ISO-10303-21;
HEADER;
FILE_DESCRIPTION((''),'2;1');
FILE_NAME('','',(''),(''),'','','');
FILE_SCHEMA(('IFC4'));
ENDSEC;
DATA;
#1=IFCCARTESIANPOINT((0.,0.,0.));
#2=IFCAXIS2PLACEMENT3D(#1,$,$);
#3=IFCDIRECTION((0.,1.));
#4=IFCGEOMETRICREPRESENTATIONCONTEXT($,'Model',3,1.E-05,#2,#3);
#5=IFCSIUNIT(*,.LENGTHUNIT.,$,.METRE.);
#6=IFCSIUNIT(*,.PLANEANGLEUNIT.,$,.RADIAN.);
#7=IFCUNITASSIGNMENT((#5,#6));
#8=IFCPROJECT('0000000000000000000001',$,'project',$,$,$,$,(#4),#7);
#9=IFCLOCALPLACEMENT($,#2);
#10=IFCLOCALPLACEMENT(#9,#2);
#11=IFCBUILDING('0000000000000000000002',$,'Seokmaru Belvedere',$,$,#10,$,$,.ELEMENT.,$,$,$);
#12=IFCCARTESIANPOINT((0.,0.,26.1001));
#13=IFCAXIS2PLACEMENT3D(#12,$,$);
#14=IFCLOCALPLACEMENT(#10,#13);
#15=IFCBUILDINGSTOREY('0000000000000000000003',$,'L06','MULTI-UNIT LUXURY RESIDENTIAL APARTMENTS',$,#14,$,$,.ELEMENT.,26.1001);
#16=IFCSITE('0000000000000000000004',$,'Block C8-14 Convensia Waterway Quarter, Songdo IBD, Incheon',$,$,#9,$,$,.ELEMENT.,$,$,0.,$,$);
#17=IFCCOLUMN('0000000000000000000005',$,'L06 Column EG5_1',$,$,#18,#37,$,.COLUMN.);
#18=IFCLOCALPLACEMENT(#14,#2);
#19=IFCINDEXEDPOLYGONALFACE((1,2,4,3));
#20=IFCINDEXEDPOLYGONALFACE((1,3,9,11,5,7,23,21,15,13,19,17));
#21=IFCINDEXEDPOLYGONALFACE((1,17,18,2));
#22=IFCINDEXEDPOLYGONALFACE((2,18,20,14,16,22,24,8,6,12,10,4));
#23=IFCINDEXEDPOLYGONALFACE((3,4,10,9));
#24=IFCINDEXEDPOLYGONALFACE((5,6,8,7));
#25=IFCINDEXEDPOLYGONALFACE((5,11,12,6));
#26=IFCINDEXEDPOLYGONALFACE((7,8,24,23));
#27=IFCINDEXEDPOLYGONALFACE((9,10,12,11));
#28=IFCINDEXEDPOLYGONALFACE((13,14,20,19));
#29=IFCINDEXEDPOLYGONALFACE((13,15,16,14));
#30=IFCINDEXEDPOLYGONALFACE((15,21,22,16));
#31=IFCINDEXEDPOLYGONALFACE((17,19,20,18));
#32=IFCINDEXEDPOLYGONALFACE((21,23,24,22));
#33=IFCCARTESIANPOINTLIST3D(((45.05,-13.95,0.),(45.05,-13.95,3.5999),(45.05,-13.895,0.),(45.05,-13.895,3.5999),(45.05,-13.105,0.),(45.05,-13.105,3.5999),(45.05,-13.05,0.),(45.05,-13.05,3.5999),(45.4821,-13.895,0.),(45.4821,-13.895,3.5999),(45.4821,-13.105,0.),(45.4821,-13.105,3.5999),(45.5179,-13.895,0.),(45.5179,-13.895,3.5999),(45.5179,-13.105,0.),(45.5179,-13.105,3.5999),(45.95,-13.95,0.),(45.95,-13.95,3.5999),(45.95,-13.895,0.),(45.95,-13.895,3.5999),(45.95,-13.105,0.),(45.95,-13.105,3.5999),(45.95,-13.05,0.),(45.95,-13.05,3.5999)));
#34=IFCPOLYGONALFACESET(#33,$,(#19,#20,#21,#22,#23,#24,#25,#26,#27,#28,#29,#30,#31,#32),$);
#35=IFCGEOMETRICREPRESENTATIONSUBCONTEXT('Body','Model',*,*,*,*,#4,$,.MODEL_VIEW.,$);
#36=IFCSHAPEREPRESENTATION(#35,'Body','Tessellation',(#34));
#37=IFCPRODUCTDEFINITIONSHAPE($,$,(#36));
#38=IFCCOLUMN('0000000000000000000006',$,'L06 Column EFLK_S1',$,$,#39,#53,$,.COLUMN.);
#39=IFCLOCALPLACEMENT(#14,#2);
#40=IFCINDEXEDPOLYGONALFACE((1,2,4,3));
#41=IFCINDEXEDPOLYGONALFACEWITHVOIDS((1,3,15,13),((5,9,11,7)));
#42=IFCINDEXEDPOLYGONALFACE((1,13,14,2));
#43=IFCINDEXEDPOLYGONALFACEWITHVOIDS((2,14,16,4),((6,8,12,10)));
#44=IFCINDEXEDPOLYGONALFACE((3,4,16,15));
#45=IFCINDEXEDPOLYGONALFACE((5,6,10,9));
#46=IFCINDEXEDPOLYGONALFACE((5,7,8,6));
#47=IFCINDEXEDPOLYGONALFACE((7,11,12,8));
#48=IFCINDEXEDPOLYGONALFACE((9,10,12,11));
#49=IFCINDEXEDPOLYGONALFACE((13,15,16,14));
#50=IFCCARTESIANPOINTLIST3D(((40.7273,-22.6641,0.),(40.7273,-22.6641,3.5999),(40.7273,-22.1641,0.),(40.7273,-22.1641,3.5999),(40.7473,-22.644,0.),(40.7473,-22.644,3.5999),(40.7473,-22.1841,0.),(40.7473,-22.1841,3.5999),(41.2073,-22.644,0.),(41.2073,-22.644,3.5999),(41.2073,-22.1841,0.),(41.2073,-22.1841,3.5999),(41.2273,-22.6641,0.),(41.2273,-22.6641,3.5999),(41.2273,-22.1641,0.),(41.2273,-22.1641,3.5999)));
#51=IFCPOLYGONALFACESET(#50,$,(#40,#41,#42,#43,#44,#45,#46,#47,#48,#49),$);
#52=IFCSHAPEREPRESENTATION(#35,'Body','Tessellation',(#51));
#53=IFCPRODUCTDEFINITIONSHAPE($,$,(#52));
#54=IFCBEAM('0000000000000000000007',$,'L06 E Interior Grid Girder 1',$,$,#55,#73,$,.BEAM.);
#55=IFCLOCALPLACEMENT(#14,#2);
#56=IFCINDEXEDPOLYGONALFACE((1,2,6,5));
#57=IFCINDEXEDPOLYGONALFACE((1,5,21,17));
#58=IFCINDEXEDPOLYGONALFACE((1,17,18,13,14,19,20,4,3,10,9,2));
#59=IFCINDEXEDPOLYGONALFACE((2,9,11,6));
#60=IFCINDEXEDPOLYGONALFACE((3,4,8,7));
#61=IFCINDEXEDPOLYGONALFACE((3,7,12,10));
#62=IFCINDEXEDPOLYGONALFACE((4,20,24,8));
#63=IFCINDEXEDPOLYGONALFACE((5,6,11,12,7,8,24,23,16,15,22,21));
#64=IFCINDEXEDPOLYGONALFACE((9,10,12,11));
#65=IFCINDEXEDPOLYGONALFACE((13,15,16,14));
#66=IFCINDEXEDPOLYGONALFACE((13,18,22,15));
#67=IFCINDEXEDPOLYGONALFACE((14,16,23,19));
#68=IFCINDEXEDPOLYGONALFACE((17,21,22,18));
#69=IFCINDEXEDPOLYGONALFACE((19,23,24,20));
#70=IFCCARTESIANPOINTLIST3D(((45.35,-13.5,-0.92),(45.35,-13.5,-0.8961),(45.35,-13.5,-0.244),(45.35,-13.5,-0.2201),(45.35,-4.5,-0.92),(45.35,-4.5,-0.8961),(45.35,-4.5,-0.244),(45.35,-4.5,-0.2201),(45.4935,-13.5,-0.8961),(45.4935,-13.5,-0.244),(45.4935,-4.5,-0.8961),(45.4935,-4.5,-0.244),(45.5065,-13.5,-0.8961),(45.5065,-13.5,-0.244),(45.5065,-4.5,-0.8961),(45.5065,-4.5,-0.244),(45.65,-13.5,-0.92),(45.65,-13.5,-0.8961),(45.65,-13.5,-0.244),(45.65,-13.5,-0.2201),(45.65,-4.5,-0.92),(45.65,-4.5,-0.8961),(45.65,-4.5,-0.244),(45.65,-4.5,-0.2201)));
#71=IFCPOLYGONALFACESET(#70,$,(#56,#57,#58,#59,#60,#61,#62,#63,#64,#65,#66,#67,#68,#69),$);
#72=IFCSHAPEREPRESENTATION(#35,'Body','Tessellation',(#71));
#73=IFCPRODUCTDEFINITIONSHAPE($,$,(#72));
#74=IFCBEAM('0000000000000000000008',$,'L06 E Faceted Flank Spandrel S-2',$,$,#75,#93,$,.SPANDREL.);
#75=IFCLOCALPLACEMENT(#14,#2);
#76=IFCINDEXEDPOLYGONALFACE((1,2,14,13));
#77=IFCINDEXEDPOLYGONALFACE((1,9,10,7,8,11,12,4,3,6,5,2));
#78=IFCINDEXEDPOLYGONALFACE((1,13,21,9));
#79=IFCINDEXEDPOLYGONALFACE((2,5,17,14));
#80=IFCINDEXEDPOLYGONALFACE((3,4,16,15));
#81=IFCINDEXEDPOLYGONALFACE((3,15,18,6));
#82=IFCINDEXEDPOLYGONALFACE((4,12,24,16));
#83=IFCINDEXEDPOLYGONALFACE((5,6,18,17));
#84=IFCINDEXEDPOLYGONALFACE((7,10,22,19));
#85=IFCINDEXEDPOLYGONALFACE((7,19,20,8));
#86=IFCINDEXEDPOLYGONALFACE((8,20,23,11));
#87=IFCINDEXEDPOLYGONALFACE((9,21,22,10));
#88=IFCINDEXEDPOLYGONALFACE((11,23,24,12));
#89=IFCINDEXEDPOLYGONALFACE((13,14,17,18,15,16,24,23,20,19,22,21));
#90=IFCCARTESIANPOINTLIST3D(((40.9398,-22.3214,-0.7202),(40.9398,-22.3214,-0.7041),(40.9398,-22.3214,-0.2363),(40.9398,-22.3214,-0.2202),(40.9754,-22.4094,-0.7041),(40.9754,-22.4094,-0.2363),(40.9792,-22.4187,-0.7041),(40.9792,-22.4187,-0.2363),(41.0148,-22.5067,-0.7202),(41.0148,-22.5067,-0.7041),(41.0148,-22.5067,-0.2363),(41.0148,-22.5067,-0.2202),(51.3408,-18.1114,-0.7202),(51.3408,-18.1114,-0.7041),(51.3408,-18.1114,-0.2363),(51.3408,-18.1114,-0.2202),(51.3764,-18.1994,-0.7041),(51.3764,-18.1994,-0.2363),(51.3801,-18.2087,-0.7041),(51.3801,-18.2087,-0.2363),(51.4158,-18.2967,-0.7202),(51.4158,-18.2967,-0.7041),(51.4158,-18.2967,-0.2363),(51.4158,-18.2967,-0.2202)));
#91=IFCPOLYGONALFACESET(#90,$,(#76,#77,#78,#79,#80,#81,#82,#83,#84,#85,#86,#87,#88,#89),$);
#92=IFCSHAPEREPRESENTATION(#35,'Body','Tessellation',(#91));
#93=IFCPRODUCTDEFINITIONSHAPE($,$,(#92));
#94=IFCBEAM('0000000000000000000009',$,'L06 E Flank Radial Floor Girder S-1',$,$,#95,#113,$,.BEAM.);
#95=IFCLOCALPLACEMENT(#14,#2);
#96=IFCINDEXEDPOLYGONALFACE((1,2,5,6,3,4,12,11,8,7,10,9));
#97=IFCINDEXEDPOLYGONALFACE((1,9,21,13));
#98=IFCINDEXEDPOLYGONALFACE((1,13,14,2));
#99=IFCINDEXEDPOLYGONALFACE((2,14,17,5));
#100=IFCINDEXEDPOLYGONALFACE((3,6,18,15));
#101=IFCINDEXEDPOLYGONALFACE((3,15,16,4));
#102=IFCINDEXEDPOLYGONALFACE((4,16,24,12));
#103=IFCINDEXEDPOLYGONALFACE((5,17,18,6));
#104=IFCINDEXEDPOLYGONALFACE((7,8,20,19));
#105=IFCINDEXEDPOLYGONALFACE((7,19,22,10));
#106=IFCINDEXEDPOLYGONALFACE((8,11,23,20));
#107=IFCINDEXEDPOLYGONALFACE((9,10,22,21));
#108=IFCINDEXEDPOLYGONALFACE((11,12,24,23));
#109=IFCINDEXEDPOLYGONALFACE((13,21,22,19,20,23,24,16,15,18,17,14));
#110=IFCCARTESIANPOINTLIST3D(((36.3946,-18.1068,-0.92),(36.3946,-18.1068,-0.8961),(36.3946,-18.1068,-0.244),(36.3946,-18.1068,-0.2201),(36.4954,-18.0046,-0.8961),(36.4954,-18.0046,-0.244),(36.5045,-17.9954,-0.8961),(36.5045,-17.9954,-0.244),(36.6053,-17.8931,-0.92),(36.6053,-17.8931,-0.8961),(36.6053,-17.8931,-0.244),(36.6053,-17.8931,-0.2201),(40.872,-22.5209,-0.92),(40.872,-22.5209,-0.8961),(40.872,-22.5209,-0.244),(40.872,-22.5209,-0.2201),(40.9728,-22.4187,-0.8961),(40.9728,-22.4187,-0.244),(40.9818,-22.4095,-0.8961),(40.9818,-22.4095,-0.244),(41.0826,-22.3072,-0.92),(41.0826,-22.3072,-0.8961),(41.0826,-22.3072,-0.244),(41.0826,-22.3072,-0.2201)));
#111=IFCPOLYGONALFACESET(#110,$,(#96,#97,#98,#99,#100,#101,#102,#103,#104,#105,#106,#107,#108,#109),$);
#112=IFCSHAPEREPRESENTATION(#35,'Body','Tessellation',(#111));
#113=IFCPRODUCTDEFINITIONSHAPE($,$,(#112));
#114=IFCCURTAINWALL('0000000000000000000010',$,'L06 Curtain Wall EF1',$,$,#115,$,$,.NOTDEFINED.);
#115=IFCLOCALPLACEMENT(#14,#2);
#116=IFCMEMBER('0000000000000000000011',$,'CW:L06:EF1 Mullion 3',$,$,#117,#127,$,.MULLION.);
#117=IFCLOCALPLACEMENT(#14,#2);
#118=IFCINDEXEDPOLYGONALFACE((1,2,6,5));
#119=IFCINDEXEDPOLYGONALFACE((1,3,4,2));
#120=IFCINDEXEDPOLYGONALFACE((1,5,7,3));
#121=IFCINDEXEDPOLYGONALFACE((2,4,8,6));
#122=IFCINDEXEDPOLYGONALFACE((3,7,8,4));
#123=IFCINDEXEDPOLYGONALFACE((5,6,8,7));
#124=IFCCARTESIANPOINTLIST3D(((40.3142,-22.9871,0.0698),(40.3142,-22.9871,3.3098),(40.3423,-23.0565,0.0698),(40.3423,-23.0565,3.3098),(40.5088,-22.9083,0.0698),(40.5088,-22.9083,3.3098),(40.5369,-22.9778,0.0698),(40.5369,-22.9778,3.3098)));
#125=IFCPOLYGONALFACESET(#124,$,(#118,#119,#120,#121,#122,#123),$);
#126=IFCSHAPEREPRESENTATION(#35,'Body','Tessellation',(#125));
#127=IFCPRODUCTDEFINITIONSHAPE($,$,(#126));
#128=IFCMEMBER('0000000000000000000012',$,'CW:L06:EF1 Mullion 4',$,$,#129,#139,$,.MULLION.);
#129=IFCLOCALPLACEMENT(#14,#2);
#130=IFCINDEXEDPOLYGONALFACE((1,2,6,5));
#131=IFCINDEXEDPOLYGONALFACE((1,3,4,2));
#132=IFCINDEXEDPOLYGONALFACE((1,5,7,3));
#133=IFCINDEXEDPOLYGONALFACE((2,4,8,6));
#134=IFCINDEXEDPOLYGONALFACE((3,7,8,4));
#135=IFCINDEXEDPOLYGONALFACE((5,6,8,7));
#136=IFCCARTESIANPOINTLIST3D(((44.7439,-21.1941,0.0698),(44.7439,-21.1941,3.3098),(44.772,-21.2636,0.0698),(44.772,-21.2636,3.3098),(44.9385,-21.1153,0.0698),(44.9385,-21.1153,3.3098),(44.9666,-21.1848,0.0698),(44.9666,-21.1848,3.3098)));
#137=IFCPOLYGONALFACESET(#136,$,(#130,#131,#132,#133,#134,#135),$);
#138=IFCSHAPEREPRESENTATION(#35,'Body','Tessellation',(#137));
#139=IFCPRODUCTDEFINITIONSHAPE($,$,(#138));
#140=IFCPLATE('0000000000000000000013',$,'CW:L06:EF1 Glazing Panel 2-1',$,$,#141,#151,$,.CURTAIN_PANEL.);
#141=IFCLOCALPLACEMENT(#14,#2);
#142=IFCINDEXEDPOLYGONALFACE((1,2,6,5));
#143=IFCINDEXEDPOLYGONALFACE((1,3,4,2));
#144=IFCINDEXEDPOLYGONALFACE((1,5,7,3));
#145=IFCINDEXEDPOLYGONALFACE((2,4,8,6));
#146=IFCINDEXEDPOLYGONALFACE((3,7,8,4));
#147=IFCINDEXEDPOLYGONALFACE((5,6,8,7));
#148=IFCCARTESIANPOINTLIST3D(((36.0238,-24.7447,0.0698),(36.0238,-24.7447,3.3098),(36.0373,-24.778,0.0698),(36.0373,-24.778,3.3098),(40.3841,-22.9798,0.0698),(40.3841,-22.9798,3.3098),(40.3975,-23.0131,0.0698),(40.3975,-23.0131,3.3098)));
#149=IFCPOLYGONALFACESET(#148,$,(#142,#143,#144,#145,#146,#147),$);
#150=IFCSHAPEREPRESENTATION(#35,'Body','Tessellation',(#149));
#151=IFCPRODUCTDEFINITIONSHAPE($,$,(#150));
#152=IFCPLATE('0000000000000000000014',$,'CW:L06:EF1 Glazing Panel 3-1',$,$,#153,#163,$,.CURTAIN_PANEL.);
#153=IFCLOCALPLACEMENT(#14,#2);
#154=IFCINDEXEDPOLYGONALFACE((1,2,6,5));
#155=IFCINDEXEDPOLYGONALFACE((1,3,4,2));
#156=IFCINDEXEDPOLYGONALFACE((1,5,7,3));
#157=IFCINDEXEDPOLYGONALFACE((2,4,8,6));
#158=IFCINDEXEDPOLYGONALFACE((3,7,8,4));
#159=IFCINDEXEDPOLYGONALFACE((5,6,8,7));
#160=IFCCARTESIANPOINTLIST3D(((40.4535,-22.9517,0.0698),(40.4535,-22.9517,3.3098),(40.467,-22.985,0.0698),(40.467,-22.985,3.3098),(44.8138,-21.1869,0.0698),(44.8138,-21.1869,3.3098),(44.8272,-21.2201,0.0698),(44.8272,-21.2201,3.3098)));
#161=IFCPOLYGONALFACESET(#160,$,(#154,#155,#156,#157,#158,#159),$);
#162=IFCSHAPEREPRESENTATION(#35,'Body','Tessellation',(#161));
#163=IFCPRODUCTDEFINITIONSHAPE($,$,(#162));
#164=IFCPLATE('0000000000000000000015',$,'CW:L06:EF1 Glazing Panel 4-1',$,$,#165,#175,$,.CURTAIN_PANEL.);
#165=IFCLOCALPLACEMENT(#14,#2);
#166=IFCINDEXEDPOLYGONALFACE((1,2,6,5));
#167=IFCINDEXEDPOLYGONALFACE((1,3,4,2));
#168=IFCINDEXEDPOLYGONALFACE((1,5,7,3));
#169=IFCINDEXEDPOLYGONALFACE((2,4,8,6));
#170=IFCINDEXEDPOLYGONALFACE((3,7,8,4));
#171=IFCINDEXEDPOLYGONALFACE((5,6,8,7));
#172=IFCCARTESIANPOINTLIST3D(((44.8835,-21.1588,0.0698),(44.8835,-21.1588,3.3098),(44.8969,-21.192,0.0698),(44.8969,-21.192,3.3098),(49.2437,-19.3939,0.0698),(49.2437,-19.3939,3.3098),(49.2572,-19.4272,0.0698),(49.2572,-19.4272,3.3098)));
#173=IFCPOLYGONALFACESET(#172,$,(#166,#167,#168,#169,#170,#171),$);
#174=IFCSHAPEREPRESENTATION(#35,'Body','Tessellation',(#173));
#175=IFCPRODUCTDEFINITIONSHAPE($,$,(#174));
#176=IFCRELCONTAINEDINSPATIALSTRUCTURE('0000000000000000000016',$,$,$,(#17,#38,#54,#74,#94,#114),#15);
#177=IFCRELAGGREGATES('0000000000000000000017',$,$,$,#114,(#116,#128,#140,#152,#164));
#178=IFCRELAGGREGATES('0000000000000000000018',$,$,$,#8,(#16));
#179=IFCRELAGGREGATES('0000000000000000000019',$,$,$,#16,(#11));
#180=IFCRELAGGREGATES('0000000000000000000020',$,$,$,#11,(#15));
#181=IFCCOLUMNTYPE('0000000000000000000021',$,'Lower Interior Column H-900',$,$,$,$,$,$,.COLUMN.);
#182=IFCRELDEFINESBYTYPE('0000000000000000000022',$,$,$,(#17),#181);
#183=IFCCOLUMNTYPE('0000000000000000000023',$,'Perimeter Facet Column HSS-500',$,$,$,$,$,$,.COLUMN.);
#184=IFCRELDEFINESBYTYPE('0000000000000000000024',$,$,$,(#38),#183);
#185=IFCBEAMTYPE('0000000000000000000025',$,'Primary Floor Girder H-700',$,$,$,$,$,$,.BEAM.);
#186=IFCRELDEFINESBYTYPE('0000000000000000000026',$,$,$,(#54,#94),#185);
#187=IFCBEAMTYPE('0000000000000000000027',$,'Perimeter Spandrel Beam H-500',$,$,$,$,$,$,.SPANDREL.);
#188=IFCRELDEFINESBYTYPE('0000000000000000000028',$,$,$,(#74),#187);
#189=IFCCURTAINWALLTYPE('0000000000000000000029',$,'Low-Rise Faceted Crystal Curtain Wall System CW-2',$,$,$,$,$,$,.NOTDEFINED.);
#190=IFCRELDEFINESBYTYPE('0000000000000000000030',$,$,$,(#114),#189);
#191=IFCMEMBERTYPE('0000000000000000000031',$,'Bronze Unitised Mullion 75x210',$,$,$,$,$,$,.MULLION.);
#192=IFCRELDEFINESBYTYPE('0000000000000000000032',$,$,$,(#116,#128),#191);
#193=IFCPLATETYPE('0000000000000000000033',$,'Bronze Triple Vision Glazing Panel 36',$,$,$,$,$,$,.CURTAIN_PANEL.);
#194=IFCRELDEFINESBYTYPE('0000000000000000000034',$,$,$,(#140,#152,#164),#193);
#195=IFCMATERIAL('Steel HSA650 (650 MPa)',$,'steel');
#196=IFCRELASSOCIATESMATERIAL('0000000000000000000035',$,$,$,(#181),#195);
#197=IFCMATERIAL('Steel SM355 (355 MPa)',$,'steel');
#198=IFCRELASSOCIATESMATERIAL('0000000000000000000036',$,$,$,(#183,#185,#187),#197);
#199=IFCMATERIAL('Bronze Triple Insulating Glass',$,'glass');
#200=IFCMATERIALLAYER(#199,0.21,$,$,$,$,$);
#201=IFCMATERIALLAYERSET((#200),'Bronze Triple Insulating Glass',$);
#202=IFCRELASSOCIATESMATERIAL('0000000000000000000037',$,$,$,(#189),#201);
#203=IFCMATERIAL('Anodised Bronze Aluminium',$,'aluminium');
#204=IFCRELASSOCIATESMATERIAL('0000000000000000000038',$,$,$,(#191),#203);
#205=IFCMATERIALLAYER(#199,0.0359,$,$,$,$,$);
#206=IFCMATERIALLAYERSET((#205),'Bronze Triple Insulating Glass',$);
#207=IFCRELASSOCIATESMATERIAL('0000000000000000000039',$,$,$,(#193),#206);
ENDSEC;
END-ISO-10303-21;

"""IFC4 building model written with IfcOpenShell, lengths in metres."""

from ifc_helpers import new_model, si_unit, direction, frame, origin, origin_2d, place, context, subcontext, project, spatial, rectangle, hollow_rectangle, i_section, extrude, source, transform, mapped, material, layer, layer_set, material_profile, profile_set, type_object, type_shapes, element, aggregate, save


model = new_model("IFC4")

# Units and contexts
model_context = context("Model", 3, precision=1e-05, world=origin(), true_north=direction((0.0, 1.0)))
body_context = subcontext(model_context, "Body", "Model", "MODEL_VIEW")
ifc_project = project(units=[si_unit("LENGTHUNIT", "METRE"), si_unit("PLANEANGLEUNIT", "RADIAN")], contexts=[model_context])

# Site, building, storey
site_placement = place(None, origin())
site = spatial("IfcSite", under=ifc_project, at=site_placement, Name="Block C8-14 Convensia Waterway Quarter, Songdo IBD, Incheon", CompositionType="ELEMENT", RefElevation=0.0)
building_placement = place(site_placement, origin())
building = spatial("IfcBuilding", under=site, at=building_placement, Name="Seokmaru Belvedere", CompositionType="ELEMENT")
storey_placement = place(building_placement, frame((0.0, 0.0, 26.1001)))
storey = spatial("IfcBuildingStorey", under=building, at=storey_placement, Name="L06", Description="MULTI-UNIT LUXURY RESIDENTIAL APARTMENTS", CompositionType="ELEMENT", Elevation=26.1001)

# Columns
ifc_material_1 = material(Name="Steel HSA650 (650 MPa)", Category="steel")
ifc_material_profile_1 = material_profile(ifc_material_1, i_section(OverallWidth=0.8999, OverallDepth=0.8999, WebThickness=0.0359, FlangeThickness=0.0549, at=origin_2d()), Name="H-900x900x36x55")
ifc_profile_set_1 = profile_set([ifc_material_profile_1], Name="Steel HSA650 (650 MPa)")
column_type_1 = type_object("IfcColumnType", Name="Lower Interior Column H-900", PredefinedType="COLUMN", material=ifc_profile_set_1)
shared_shape_1 = source(origin(), body_context, "Body", "SweptSolid", [
    extrude(i_section(OverallWidth=0.8999, OverallDepth=0.8999, WebThickness=0.0359, FlangeThickness=0.0549, at=origin_2d()), origin(), (0.0, 0.0, 1.0), 3.5999),
])
type_shapes(column_type_1, [shared_shape_1])
column_1_placement = place(storey_placement, frame((45.5, -13.5, 0.0), z_axis=(0.0, 0.0, 1.0), x_axis=(1.0, 0.0, 0.0)))
element("IfcColumn", 1, at=column_1_placement, inside=storey, type_object=column_type_1, Name="L06 Column EG5_1", PredefinedType="COLUMN", context=body_context, shape_type="MappedRepresentation", body=[
    mapped(shared_shape_1, transform((0.0, 0.0, 0.0), scale=1.0)),
])
ifc_material_2 = material(Name="Steel SM355 (355 MPa)", Category="steel")
ifc_material_profile_2 = material_profile(ifc_material_2, hollow_rectangle(XDim=0.5, YDim=0.5, WallThickness=0.02, at=origin_2d()), Name="HSS-500x500x20")
ifc_profile_set_2 = profile_set([ifc_material_profile_2], Name="Steel SM355 (355 MPa)")
column_type_2 = type_object("IfcColumnType", Name="Perimeter Facet Column HSS-500", PredefinedType="COLUMN", material=ifc_profile_set_2)
shared_shape_2 = source(origin(), body_context, "Body", "SweptSolid", [
    extrude(hollow_rectangle(XDim=0.5, YDim=0.5, WallThickness=0.02, at=origin_2d()), origin(), (0.0, 0.0, 1.0), 3.5999),
])
type_shapes(column_type_2, [shared_shape_2])
column_2_placement = place(storey_placement, frame((40.9773, -22.4141, 0.0), z_axis=(0.0, 0.0, 1.0), x_axis=(1.0, 0.0, 0.0)))
element("IfcColumn", 2, at=column_2_placement, inside=storey, type_object=column_type_2, Name="L06 Column EFLK_S1", PredefinedType="COLUMN", context=body_context, shape_type="MappedRepresentation", body=[
    mapped(shared_shape_2, transform((0.0, 0.0, 0.0), scale=1.0)),
])

# Beams
ifc_material_profile_3 = material_profile(ifc_material_2, i_section(OverallWidth=0.3, OverallDepth=0.7, WebThickness=0.0129, FlangeThickness=0.0239, at=origin_2d()), Name="H-700x300x13x24")
ifc_profile_set_3 = profile_set([ifc_material_profile_3], Name="Steel SM355 (355 MPa)")
beam_type_1 = type_object("IfcBeamType", Name="Primary Floor Girder H-700", PredefinedType="BEAM", material=ifc_profile_set_3)
shared_shape_3 = source(origin(), body_context, "Body", "SweptSolid", [
    extrude(i_section(OverallWidth=0.3, OverallDepth=0.7, WebThickness=0.0129, FlangeThickness=0.0239, at=origin_2d()), origin(), (0.0, 0.0, 1.0), 9.0),
])
beam_1_placement = place(storey_placement, frame((45.5, -13.5, -0.5701), z_axis=(0.0, 1.0, 0.0), x_axis=(-1.0, 0.0, 0.0)))
element("IfcBeam", 3, at=beam_1_placement, inside=storey, type_object=beam_type_1, Name="L06 E Interior Grid Girder 1", PredefinedType="BEAM", context=body_context, shape_type="MappedRepresentation", body=[
    mapped(shared_shape_3, transform((0.0, 0.0, 0.0), scale=1.0)),
])
ifc_material_profile_4 = material_profile(ifc_material_2, i_section(OverallWidth=0.2, OverallDepth=0.5, WebThickness=0.01, FlangeThickness=0.0161, at=origin_2d()), Name="H-500x200x10x16")
ifc_profile_set_4 = profile_set([ifc_material_profile_4], Name="Steel SM355 (355 MPa)")
beam_type_2 = type_object("IfcBeamType", Name="Perimeter Spandrel Beam H-500", PredefinedType="SPANDREL", material=ifc_profile_set_4)
shared_shape_4 = source(origin(), body_context, "Body", "SweptSolid", [
    extrude(i_section(OverallWidth=0.2, OverallDepth=0.5, WebThickness=0.01, FlangeThickness=0.0161, at=origin_2d()), origin(), (0.0, 0.0, 1.0), 11.2207),
])
type_shapes(beam_type_2, [shared_shape_4])
beam_2_placement = place(storey_placement, frame((40.9773, -22.4141, -0.4702), z_axis=(0.926944, 0.375199, 0.0), x_axis=(-0.375199, 0.926944, 0.0)))
element("IfcBeam", 4, at=beam_2_placement, inside=storey, type_object=beam_type_2, Name="L06 E Faceted Flank Spandrel S-2", PredefinedType="SPANDREL", context=body_context, shape_type="MappedRepresentation", body=[
    mapped(shared_shape_4, transform((0.0, 0.0, 0.0), scale=1.0)),
])
shared_shape_5 = source(origin(), body_context, "Body", "SweptSolid", [
    extrude(i_section(OverallWidth=0.3, OverallDepth=0.7, WebThickness=0.0129, FlangeThickness=0.0239, at=origin_2d()), origin(), (0.0, 0.0, 1.0), 6.2874),
])
type_shapes(beam_type_1, [shared_shape_3, shared_shape_5])
beam_3_placement = place(storey_placement, frame((40.9773, -22.4141, -0.5701), z_axis=(-0.712117, 0.70206, 0.0), x_axis=(-0.70206, -0.712117, 0.0)))
element("IfcBeam", 5, at=beam_3_placement, inside=storey, type_object=beam_type_1, Name="L06 E Flank Radial Floor Girder S-1", PredefinedType="BEAM", context=body_context, shape_type="MappedRepresentation", body=[
    mapped(shared_shape_5, transform((0.0, 0.0, 0.0), scale=1.0)),
])

# Curtain wall, members, plates
ifc_material_3 = material(Name="Bronze Triple Insulating Glass", Category="glass")
ifc_layer_1 = layer(ifc_material_3, 0.21)
ifc_layer_set_1 = layer_set([ifc_layer_1], Name="Bronze Triple Insulating Glass")
curtain_wall_type = type_object("IfcCurtainWallType", Name="Low-Rise Faceted Crystal Curtain Wall System CW-2", PredefinedType="NOTDEFINED", material=ifc_layer_set_1)
curtain_wall_placement = place(storey_placement, origin())
curtain_wall = element("IfcCurtainWall", 6, at=curtain_wall_placement, inside=storey, type_object=curtain_wall_type, Name="L06 Curtain Wall EF1", PredefinedType="NOTDEFINED")
ifc_material_4 = material(Name="Anodised Bronze Aluminium", Category="aluminium")
ifc_material_profile_5 = material_profile(ifc_material_4, rectangle(XDim=0.075, YDim=0.21, at=origin_2d()), Name="CW-M-75x210")
ifc_profile_set_5 = profile_set([ifc_material_profile_5], Name="Anodised Bronze Aluminium")
member_type = type_object("IfcMemberType", Name="Bronze Unitised Mullion 75x210", PredefinedType="MULLION", material=ifc_profile_set_5)
shared_shape_6 = source(origin(), body_context, "Body", "SweptSolid", [
    extrude(rectangle(XDim=0.075, YDim=0.21, at=origin_2d()), origin(), (0.0, 0.0, 1.0), 3.24),
])
type_shapes(member_type, [shared_shape_6])
member_1_placement = place(storey_placement, frame((40.4255, -22.9824, 0.0698), z_axis=(0.0, 0.0, 1.0), x_axis=(-0.375192, 0.926947, 0.0)))
member_1 = element("IfcMember", 7, at=member_1_placement, type_object=member_type, Name="CW:L06:EF1 Mullion 3", PredefinedType="MULLION", context=body_context, shape_type="MappedRepresentation", body=[
    mapped(shared_shape_6, transform((0.0, 0.0, 0.0), scale=1.0)),
])
member_2_placement = place(storey_placement, frame((44.8552, -21.1895, 0.0698), z_axis=(0.0, 0.0, 1.0), x_axis=(-0.375192, 0.926947, 0.0)))
member_2 = element("IfcMember", 8, at=member_2_placement, type_object=member_type, Name="CW:L06:EF1 Mullion 4", PredefinedType="MULLION", context=body_context, shape_type="MappedRepresentation", body=[
    mapped(shared_shape_6, transform((0.0, 0.0, 0.0), scale=1.0)),
])
ifc_layer_2 = layer(ifc_material_3, 0.0359)
ifc_layer_set_2 = layer_set([ifc_layer_2], Name="Bronze Triple Insulating Glass")
plate_type = type_object("IfcPlateType", Name="Bronze Triple Vision Glazing Panel 36", PredefinedType="CURTAIN_PANEL", material=ifc_layer_set_2)
shared_shape_7 = source(origin(), body_context, "Body", "SweptSolid", [
    extrude(rectangle(XDim=4.7039, YDim=0.0359, at=origin_2d()), origin(), (0.0, 0.0, 1.0), 3.24),
])
type_shapes(plate_type, [shared_shape_7])
plate_1_placement = place(storey_placement, frame((38.2107, -23.8789, 0.0698), z_axis=(0.0, 0.0, 1.0), x_axis=(0.926947, 0.375192, 0.0)))
plate_1 = element("IfcPlate", 9, at=plate_1_placement, type_object=plate_type, Name="CW:L06:EF1 Glazing Panel 2-1", PredefinedType="CURTAIN_PANEL", context=body_context, shape_type="MappedRepresentation", body=[
    mapped(shared_shape_7, transform((0.0, 0.0, 0.0), scale=1.0)),
])
plate_2_placement = place(storey_placement, frame((42.6404, -22.0859, 0.0698), z_axis=(0.0, 0.0, 1.0), x_axis=(0.926947, 0.375192, 0.0)))
plate_2 = element("IfcPlate", 10, at=plate_2_placement, type_object=plate_type, Name="CW:L06:EF1 Glazing Panel 3-1", PredefinedType="CURTAIN_PANEL", context=body_context, shape_type="MappedRepresentation", body=[
    mapped(shared_shape_7, transform((0.0, 0.0, 0.0), scale=1.0)),
])
plate_3_placement = place(storey_placement, frame((47.0703, -20.293, 0.0698), z_axis=(0.0, 0.0, 1.0), x_axis=(0.926947, 0.375192, 0.0)))
plate_3 = element("IfcPlate", 11, at=plate_3_placement, type_object=plate_type, Name="CW:L06:EF1 Glazing Panel 4-1", PredefinedType="CURTAIN_PANEL", context=body_context, shape_type="MappedRepresentation", body=[
    mapped(shared_shape_7, transform((0.0, 0.0, 0.0), scale=1.0)),
])
aggregate(curtain_wall, [member_1, member_2, plate_1, plate_2, plate_3])

save(model, "model.ifc")
